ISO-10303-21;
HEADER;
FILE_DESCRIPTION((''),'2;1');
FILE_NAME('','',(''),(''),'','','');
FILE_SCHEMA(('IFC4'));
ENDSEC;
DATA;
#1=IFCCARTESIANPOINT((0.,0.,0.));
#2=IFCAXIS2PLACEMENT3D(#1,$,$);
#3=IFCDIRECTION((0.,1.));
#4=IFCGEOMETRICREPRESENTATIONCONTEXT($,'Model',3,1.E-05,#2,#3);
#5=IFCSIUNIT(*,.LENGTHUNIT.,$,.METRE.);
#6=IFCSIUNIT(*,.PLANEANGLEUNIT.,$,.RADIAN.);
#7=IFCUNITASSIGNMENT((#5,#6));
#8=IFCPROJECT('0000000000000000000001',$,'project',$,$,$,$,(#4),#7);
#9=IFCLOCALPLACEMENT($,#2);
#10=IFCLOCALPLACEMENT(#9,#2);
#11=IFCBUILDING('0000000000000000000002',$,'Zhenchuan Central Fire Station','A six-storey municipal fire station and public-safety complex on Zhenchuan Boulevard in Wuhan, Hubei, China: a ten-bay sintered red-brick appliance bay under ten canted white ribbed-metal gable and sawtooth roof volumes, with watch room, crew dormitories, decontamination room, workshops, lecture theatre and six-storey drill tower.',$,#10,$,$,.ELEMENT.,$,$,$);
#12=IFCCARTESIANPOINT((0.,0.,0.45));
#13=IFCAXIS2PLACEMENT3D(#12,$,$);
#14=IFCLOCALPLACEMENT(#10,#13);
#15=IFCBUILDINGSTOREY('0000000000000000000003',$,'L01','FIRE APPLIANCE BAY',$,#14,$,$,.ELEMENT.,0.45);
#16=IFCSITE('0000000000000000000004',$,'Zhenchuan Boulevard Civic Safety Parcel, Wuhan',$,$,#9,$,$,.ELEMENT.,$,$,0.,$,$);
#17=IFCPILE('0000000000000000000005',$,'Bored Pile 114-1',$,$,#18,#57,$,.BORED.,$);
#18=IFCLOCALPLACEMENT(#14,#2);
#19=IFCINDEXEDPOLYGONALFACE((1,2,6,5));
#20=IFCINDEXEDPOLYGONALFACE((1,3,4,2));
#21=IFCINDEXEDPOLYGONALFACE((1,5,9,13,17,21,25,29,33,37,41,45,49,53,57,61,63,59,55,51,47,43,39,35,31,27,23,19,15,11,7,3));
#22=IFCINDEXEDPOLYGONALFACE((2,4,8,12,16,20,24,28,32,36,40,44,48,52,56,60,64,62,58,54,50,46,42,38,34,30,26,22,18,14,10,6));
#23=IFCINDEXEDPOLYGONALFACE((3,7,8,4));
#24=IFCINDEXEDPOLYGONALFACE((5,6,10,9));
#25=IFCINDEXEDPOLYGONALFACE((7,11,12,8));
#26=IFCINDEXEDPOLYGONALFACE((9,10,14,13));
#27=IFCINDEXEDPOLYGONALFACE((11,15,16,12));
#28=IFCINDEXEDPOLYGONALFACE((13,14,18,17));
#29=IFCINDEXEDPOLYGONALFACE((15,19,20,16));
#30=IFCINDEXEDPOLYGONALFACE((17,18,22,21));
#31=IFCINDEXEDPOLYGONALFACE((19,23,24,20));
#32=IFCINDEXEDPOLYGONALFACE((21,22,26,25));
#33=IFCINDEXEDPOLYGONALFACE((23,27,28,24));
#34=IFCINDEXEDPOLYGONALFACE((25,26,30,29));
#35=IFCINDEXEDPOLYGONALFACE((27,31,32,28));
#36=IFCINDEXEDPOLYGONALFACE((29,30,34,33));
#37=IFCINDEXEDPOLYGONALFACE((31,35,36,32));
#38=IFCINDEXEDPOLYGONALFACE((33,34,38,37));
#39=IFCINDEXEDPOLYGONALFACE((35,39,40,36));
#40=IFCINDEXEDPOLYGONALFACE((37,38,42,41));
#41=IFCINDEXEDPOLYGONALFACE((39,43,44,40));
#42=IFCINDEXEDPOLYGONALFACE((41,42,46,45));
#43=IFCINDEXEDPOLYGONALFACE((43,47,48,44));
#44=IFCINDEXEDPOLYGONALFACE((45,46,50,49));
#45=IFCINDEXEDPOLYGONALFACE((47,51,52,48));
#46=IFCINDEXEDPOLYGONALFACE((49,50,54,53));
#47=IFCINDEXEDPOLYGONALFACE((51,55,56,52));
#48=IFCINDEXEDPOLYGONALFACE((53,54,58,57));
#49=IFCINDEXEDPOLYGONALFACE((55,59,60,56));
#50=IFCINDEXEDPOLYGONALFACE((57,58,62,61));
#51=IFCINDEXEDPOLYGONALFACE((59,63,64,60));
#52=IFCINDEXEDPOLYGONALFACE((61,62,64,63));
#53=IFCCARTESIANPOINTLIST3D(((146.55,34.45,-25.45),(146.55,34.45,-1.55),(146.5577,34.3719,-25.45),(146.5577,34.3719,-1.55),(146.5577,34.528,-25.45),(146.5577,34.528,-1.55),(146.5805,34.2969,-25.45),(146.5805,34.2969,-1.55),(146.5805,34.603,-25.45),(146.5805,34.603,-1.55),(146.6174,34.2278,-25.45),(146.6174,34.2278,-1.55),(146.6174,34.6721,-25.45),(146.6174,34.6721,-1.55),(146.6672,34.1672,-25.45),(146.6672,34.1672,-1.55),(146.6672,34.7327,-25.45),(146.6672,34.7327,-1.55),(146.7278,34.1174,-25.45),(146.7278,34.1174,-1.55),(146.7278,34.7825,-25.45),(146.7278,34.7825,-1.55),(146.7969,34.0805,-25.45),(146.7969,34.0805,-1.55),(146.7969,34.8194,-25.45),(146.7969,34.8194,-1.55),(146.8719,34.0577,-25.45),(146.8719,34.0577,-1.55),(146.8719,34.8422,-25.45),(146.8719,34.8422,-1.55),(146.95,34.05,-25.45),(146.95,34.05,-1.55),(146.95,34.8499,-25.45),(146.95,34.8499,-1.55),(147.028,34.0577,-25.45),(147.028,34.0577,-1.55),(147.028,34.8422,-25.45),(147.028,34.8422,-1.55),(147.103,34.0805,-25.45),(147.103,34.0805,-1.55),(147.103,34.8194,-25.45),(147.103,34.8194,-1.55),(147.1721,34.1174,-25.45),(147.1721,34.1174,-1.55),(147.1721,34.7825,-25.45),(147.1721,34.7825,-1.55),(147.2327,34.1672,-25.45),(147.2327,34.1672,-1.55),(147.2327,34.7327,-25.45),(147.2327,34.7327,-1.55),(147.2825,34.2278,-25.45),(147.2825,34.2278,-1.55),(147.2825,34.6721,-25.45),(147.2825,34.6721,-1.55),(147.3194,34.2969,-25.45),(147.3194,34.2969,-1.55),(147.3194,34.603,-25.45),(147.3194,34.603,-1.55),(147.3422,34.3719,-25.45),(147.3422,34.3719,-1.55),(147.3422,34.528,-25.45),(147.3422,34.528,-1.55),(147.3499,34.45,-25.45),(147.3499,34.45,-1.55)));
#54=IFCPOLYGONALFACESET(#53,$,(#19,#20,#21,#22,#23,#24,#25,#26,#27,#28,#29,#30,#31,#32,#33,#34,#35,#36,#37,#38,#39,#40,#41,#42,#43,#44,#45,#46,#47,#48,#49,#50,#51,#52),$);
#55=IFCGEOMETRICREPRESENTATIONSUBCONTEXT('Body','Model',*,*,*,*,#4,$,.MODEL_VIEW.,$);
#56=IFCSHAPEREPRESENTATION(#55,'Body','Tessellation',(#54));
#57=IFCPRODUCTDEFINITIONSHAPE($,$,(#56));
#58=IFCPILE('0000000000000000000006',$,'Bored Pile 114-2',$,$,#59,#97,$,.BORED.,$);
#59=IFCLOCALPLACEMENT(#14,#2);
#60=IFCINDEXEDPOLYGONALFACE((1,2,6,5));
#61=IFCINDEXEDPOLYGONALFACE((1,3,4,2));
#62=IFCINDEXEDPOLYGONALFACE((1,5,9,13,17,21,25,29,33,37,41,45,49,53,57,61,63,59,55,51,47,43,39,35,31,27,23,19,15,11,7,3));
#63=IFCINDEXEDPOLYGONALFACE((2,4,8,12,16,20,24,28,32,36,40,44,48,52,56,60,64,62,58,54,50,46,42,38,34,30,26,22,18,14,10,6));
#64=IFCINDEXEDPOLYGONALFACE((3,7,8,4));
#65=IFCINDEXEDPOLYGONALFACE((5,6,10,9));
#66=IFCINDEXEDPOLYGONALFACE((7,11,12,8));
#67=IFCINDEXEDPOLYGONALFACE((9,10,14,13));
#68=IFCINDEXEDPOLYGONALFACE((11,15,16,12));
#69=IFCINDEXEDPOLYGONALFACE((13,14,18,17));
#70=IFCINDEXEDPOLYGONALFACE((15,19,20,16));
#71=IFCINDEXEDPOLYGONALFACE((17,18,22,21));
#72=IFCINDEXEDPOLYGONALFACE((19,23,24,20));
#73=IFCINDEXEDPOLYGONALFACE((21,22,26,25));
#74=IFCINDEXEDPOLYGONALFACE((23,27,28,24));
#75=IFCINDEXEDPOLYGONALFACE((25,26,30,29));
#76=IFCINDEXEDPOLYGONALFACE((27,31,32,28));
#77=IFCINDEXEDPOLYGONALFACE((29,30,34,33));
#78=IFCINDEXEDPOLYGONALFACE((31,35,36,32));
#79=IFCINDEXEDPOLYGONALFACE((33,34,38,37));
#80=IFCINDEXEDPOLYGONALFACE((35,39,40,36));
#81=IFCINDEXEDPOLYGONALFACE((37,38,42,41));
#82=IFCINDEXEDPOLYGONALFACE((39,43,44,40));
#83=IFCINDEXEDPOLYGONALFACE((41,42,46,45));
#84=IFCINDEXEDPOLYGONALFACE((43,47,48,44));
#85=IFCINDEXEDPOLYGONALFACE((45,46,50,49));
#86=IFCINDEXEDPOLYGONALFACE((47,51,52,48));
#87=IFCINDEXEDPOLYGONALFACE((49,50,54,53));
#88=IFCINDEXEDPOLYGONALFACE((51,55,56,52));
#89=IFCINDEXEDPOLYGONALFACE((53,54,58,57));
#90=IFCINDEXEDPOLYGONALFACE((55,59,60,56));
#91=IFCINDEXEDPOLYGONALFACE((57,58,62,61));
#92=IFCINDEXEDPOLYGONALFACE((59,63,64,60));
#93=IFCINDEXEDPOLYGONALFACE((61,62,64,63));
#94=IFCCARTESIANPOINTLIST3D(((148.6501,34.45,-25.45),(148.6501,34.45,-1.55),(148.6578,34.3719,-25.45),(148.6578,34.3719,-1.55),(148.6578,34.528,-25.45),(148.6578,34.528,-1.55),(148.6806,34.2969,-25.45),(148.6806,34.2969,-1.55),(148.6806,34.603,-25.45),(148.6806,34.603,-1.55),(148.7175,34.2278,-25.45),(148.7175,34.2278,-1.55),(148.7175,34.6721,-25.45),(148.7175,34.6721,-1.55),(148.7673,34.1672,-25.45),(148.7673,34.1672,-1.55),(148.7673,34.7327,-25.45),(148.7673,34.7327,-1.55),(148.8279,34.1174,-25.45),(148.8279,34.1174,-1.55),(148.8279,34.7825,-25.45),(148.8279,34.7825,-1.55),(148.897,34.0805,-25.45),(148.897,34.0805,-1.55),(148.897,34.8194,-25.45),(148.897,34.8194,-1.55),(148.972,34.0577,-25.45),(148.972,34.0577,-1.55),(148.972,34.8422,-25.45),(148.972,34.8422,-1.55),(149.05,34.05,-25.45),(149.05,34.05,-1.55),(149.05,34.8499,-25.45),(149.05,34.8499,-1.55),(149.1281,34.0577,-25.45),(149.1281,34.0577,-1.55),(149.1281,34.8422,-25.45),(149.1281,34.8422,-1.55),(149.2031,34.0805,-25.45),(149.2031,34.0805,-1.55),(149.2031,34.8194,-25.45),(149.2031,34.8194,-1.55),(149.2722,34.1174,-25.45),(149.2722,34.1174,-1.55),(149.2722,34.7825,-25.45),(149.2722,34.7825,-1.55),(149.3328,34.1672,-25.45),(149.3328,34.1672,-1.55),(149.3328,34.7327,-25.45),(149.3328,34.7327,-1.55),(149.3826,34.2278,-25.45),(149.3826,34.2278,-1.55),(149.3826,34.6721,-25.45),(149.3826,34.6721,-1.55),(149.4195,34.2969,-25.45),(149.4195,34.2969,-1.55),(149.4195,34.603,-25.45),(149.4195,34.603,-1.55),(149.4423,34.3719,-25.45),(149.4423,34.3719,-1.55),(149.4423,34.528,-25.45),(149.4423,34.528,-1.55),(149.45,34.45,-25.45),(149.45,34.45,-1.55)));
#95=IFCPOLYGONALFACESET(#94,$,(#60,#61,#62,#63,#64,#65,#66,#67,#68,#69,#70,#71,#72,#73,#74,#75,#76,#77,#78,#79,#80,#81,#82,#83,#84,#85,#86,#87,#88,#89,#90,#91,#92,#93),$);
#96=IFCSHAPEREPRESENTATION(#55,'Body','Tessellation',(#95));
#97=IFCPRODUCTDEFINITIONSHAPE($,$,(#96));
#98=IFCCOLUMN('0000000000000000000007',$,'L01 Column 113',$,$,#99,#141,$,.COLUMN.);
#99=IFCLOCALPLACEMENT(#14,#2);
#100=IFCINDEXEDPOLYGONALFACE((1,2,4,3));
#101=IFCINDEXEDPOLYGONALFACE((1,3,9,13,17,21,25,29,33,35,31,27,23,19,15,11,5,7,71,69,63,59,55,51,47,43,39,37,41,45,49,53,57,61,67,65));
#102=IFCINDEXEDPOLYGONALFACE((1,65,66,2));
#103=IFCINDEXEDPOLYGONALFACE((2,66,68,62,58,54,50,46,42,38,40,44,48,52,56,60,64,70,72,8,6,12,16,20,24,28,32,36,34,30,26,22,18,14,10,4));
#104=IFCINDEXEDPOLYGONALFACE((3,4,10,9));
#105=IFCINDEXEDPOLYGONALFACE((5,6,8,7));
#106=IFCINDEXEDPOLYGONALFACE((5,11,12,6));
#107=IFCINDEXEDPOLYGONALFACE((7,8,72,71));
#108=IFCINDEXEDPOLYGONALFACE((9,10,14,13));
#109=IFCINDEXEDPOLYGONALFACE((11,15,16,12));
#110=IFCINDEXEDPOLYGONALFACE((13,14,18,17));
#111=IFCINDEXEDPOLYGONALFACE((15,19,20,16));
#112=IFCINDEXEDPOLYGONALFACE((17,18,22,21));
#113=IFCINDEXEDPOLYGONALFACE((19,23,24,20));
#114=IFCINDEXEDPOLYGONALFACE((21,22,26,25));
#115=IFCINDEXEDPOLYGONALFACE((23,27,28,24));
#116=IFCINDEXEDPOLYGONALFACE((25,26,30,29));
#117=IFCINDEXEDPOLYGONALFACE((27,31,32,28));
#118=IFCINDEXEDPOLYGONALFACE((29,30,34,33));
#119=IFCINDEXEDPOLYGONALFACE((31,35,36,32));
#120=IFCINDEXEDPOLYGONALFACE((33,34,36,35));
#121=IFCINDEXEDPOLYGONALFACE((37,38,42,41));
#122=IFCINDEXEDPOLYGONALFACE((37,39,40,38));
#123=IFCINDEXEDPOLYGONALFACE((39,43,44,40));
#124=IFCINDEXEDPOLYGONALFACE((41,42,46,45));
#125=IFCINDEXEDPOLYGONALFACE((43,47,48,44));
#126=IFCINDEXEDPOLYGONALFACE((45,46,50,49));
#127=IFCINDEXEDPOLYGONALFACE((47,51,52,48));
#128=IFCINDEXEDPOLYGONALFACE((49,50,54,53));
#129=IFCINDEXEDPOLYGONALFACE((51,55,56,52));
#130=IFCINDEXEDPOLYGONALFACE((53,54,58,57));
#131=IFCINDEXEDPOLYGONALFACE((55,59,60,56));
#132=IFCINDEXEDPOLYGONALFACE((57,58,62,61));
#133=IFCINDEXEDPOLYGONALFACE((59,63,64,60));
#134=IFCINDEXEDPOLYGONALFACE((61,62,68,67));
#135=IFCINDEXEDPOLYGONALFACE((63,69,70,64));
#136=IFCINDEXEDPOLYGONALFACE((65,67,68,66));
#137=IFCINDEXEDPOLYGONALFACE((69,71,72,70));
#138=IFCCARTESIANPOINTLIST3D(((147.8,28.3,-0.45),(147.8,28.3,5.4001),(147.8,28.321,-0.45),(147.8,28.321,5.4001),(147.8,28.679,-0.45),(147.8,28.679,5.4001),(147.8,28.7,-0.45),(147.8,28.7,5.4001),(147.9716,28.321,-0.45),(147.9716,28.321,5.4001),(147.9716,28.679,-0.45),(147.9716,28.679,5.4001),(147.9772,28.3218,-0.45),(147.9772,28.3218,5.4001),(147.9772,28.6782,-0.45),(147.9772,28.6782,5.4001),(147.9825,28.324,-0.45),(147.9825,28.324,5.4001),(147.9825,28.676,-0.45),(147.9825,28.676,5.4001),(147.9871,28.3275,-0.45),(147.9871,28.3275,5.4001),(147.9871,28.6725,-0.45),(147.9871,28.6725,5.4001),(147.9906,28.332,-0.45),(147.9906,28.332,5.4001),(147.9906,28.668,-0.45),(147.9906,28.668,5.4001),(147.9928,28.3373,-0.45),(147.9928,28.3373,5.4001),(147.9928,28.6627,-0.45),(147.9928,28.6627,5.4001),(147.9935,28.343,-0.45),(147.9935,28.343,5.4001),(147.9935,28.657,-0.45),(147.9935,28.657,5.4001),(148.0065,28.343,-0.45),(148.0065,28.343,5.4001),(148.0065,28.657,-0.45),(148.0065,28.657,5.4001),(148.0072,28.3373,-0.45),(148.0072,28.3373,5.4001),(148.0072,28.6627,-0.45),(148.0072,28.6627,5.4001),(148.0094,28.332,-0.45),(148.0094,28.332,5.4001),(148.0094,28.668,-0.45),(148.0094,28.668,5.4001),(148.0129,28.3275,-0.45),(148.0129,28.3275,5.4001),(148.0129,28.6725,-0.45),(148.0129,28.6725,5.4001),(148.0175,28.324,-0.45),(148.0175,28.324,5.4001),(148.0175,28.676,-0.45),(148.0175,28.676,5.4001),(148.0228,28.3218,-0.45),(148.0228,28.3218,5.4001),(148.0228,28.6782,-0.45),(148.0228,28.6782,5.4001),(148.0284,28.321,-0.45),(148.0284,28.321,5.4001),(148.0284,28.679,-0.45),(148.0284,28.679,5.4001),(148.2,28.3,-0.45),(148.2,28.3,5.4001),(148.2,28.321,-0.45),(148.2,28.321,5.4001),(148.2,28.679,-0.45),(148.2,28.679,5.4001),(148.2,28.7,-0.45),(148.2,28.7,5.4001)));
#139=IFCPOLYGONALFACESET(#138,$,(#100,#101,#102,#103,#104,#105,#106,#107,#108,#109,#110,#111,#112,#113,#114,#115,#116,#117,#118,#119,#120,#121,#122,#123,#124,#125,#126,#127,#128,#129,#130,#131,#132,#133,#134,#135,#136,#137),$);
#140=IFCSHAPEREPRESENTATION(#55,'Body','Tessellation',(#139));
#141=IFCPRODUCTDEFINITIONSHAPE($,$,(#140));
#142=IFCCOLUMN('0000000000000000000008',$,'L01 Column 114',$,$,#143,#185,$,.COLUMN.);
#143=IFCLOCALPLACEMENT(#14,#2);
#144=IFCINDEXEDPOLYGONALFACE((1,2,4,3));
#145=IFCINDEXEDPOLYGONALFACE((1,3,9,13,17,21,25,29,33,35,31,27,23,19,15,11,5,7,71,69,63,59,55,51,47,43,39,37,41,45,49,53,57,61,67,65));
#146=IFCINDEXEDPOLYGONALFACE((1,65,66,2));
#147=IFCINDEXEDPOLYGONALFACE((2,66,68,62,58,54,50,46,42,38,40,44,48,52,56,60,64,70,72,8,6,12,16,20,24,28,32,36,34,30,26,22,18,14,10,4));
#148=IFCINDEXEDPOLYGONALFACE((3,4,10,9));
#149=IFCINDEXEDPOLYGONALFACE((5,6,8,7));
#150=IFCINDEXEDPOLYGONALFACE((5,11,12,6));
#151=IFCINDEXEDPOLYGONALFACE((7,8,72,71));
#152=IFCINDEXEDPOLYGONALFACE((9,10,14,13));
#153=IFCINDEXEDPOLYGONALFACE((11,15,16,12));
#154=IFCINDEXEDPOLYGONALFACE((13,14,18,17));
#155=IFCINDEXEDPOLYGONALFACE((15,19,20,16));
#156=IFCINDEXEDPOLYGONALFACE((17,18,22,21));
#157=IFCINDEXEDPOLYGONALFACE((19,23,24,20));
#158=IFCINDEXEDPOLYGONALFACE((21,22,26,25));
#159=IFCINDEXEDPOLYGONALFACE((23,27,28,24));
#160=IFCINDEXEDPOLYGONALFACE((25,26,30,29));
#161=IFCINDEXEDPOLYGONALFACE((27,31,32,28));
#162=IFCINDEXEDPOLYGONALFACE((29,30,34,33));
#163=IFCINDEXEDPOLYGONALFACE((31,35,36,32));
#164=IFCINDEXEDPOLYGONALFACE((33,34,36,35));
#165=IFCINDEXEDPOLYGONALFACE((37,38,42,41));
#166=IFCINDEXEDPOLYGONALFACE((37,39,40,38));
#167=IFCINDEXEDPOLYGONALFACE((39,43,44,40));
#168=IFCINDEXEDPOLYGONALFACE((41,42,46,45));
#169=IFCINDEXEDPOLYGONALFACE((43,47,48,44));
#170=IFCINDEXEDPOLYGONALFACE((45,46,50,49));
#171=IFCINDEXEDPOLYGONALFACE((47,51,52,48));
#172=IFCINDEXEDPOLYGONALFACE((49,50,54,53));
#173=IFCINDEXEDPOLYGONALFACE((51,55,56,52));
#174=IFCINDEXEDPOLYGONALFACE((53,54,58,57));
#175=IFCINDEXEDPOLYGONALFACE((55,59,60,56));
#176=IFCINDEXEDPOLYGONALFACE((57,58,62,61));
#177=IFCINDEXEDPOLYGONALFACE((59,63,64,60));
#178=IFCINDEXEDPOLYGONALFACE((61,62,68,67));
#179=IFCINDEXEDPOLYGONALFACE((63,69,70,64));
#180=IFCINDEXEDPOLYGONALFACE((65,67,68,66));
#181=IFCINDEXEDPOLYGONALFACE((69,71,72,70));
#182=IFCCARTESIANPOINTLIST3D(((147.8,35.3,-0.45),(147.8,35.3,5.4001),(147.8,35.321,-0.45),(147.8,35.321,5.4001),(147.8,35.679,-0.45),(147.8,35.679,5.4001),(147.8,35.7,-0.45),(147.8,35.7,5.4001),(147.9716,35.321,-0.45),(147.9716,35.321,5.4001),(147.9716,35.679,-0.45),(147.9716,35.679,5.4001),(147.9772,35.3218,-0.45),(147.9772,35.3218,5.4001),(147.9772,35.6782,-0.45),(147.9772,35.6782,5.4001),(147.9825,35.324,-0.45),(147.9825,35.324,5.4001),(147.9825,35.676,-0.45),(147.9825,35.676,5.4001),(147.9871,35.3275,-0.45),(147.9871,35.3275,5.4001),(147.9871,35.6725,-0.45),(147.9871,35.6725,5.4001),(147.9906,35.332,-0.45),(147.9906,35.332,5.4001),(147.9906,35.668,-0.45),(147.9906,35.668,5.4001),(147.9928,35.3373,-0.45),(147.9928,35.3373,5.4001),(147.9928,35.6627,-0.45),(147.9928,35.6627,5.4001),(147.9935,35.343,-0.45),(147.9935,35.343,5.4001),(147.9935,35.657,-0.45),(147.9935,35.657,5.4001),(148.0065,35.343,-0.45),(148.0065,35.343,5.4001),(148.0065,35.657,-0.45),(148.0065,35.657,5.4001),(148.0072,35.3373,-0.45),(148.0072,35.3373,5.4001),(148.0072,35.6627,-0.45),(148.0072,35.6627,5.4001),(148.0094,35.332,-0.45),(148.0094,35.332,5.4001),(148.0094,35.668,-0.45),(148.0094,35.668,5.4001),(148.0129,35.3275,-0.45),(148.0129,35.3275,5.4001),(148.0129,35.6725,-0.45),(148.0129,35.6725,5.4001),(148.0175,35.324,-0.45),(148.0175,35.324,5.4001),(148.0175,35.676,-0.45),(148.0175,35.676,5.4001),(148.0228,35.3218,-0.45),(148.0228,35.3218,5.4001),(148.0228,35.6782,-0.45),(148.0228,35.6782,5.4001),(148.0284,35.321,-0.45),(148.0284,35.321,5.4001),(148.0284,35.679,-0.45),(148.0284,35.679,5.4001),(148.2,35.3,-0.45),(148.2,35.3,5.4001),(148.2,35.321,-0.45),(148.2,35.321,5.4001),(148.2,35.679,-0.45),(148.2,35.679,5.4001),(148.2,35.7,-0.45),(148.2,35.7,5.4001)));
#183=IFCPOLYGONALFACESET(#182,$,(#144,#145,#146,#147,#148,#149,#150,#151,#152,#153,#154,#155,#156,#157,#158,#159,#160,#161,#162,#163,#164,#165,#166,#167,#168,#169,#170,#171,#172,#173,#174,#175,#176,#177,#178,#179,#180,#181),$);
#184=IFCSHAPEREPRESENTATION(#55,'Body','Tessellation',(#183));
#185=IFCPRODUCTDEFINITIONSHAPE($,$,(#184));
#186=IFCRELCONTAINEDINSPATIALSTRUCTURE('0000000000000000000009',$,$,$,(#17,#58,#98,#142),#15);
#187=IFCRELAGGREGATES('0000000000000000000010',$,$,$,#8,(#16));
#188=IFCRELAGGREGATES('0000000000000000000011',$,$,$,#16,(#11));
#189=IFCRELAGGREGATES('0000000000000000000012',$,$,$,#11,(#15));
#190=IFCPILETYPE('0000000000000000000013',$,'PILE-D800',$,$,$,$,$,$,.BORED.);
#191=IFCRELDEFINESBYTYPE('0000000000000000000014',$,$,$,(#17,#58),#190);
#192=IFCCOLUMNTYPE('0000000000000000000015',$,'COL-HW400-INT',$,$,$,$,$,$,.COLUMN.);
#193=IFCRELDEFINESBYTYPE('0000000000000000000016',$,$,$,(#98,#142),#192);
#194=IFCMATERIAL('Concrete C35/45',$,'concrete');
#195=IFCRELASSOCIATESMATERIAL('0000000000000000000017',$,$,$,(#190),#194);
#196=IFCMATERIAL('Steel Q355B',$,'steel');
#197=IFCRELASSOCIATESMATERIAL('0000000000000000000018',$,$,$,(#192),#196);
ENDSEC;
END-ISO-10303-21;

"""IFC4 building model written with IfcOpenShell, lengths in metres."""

from ifc_helpers import new_model, si_unit, direction, frame, origin, origin_2d, place, context, subcontext, project, spatial, circle, i_section, extrude, material, material_profile, profile_set, type_object, element, save


model = new_model("IFC4")

# Units and contexts
model_context = context("Model", 3, precision=1e-05, world=origin(), true_north=direction((0.0, 1.0)))
body_context = subcontext(model_context, "Body", "Model", "MODEL_VIEW")
ifc_project = project(units=[si_unit("LENGTHUNIT", "METRE"), si_unit("PLANEANGLEUNIT", "RADIAN")], contexts=[model_context])

# Site, building, storey
site_placement = place(None, origin())
site = spatial("IfcSite", under=ifc_project, at=site_placement, Name="Zhenchuan Boulevard Civic Safety Parcel, Wuhan", CompositionType="ELEMENT", RefElevation=0.0)
building_placement = place(site_placement, origin())
building = spatial("IfcBuilding", under=site, at=building_placement, Name="Zhenchuan Central Fire Station", Description="A six-storey municipal fire station and public-safety complex on Zhenchuan Boulevard in Wuhan, Hubei, China: a ten-bay sintered red-brick appliance bay under ten canted white ribbed-metal gable and sawtooth roof volumes, with watch room, crew dormitories, decontamination room, workshops, lecture theatre and six-storey drill tower.", CompositionType="ELEMENT")
storey_placement = place(building_placement, frame((0.0, 0.0, 0.45)))
storey = spatial("IfcBuildingStorey", under=building, at=storey_placement, Name="L01", Description="FIRE APPLIANCE BAY", CompositionType="ELEMENT", Elevation=0.45)

# Piles
ifc_material_1 = material(Name="Concrete C35/45", Category="concrete")
ifc_material_profile_1 = material_profile(ifc_material_1, circle(Radius=0.3999, at=origin_2d()), Name="PILE D800")
ifc_profile_set_1 = profile_set([ifc_material_profile_1], Name="Concrete C35/45")
pile_type = type_object("IfcPileType", Name="PILE-D800", PredefinedType="BORED", material=ifc_profile_set_1)
for number, where, z_axis, x_axis, name in (
    (1, (146.95, 34.45, -1.55), (0.0, 0.0, -1.0), (1.0, 0.0, 0.0), "Bored Pile 114-1"),
    (2, (149.05, 34.45, -1.55), (0.0, 0.0, -1.0), (1.0, 0.0, 0.0), "Bored Pile 114-2"),
):
    element("IfcPile", number, at=place(storey_placement, frame(where, z_axis=z_axis, x_axis=x_axis)), inside=storey, type_object=pile_type, Name=name, PredefinedType="BORED", context=body_context, shape_type="SweptSolid", body=[
        extrude(circle(Radius=0.3999, at=origin_2d()), origin(), (0.0, 0.0, 1.0), 23.8999),
    ])

# Columns
ifc_material_2 = material(Name="Steel Q355B", Category="steel")
ifc_material_profile_2 = material_profile(ifc_material_2, i_section(OverallWidth=0.3999, OverallDepth=0.3999, WebThickness=0.0129, FlangeThickness=0.021, FilletRadius=0.022, at=origin_2d()), Name="HW 400x400")
ifc_profile_set_2 = profile_set([ifc_material_profile_2], Name="Steel Q355B")
column_type = type_object("IfcColumnType", Name="COL-HW400-INT", PredefinedType="COLUMN", material=ifc_profile_set_2)
for number, where, z_axis, x_axis, name in (
    (3, (148.0, 28.5, -0.45), (0.0, 0.0, 1.0), (1.0, 0.0, 0.0), "L01 Column 113"),
    (4, (148.0, 35.5, -0.45), (0.0, 0.0, 1.0), (1.0, 0.0, 0.0), "L01 Column 114"),
):
    element("IfcColumn", number, at=place(storey_placement, frame(where, z_axis=z_axis, x_axis=x_axis)), inside=storey, type_object=column_type, Name=name, PredefinedType="COLUMN", context=body_context, shape_type="SweptSolid", body=[
        extrude(i_section(OverallWidth=0.3999, OverallDepth=0.3999, WebThickness=0.0129, FlangeThickness=0.021, FilletRadius=0.022, at=origin_2d()), origin(), (0.0, 0.0, 1.0), 5.8501),
    ])

save(model, "model.ifc")
